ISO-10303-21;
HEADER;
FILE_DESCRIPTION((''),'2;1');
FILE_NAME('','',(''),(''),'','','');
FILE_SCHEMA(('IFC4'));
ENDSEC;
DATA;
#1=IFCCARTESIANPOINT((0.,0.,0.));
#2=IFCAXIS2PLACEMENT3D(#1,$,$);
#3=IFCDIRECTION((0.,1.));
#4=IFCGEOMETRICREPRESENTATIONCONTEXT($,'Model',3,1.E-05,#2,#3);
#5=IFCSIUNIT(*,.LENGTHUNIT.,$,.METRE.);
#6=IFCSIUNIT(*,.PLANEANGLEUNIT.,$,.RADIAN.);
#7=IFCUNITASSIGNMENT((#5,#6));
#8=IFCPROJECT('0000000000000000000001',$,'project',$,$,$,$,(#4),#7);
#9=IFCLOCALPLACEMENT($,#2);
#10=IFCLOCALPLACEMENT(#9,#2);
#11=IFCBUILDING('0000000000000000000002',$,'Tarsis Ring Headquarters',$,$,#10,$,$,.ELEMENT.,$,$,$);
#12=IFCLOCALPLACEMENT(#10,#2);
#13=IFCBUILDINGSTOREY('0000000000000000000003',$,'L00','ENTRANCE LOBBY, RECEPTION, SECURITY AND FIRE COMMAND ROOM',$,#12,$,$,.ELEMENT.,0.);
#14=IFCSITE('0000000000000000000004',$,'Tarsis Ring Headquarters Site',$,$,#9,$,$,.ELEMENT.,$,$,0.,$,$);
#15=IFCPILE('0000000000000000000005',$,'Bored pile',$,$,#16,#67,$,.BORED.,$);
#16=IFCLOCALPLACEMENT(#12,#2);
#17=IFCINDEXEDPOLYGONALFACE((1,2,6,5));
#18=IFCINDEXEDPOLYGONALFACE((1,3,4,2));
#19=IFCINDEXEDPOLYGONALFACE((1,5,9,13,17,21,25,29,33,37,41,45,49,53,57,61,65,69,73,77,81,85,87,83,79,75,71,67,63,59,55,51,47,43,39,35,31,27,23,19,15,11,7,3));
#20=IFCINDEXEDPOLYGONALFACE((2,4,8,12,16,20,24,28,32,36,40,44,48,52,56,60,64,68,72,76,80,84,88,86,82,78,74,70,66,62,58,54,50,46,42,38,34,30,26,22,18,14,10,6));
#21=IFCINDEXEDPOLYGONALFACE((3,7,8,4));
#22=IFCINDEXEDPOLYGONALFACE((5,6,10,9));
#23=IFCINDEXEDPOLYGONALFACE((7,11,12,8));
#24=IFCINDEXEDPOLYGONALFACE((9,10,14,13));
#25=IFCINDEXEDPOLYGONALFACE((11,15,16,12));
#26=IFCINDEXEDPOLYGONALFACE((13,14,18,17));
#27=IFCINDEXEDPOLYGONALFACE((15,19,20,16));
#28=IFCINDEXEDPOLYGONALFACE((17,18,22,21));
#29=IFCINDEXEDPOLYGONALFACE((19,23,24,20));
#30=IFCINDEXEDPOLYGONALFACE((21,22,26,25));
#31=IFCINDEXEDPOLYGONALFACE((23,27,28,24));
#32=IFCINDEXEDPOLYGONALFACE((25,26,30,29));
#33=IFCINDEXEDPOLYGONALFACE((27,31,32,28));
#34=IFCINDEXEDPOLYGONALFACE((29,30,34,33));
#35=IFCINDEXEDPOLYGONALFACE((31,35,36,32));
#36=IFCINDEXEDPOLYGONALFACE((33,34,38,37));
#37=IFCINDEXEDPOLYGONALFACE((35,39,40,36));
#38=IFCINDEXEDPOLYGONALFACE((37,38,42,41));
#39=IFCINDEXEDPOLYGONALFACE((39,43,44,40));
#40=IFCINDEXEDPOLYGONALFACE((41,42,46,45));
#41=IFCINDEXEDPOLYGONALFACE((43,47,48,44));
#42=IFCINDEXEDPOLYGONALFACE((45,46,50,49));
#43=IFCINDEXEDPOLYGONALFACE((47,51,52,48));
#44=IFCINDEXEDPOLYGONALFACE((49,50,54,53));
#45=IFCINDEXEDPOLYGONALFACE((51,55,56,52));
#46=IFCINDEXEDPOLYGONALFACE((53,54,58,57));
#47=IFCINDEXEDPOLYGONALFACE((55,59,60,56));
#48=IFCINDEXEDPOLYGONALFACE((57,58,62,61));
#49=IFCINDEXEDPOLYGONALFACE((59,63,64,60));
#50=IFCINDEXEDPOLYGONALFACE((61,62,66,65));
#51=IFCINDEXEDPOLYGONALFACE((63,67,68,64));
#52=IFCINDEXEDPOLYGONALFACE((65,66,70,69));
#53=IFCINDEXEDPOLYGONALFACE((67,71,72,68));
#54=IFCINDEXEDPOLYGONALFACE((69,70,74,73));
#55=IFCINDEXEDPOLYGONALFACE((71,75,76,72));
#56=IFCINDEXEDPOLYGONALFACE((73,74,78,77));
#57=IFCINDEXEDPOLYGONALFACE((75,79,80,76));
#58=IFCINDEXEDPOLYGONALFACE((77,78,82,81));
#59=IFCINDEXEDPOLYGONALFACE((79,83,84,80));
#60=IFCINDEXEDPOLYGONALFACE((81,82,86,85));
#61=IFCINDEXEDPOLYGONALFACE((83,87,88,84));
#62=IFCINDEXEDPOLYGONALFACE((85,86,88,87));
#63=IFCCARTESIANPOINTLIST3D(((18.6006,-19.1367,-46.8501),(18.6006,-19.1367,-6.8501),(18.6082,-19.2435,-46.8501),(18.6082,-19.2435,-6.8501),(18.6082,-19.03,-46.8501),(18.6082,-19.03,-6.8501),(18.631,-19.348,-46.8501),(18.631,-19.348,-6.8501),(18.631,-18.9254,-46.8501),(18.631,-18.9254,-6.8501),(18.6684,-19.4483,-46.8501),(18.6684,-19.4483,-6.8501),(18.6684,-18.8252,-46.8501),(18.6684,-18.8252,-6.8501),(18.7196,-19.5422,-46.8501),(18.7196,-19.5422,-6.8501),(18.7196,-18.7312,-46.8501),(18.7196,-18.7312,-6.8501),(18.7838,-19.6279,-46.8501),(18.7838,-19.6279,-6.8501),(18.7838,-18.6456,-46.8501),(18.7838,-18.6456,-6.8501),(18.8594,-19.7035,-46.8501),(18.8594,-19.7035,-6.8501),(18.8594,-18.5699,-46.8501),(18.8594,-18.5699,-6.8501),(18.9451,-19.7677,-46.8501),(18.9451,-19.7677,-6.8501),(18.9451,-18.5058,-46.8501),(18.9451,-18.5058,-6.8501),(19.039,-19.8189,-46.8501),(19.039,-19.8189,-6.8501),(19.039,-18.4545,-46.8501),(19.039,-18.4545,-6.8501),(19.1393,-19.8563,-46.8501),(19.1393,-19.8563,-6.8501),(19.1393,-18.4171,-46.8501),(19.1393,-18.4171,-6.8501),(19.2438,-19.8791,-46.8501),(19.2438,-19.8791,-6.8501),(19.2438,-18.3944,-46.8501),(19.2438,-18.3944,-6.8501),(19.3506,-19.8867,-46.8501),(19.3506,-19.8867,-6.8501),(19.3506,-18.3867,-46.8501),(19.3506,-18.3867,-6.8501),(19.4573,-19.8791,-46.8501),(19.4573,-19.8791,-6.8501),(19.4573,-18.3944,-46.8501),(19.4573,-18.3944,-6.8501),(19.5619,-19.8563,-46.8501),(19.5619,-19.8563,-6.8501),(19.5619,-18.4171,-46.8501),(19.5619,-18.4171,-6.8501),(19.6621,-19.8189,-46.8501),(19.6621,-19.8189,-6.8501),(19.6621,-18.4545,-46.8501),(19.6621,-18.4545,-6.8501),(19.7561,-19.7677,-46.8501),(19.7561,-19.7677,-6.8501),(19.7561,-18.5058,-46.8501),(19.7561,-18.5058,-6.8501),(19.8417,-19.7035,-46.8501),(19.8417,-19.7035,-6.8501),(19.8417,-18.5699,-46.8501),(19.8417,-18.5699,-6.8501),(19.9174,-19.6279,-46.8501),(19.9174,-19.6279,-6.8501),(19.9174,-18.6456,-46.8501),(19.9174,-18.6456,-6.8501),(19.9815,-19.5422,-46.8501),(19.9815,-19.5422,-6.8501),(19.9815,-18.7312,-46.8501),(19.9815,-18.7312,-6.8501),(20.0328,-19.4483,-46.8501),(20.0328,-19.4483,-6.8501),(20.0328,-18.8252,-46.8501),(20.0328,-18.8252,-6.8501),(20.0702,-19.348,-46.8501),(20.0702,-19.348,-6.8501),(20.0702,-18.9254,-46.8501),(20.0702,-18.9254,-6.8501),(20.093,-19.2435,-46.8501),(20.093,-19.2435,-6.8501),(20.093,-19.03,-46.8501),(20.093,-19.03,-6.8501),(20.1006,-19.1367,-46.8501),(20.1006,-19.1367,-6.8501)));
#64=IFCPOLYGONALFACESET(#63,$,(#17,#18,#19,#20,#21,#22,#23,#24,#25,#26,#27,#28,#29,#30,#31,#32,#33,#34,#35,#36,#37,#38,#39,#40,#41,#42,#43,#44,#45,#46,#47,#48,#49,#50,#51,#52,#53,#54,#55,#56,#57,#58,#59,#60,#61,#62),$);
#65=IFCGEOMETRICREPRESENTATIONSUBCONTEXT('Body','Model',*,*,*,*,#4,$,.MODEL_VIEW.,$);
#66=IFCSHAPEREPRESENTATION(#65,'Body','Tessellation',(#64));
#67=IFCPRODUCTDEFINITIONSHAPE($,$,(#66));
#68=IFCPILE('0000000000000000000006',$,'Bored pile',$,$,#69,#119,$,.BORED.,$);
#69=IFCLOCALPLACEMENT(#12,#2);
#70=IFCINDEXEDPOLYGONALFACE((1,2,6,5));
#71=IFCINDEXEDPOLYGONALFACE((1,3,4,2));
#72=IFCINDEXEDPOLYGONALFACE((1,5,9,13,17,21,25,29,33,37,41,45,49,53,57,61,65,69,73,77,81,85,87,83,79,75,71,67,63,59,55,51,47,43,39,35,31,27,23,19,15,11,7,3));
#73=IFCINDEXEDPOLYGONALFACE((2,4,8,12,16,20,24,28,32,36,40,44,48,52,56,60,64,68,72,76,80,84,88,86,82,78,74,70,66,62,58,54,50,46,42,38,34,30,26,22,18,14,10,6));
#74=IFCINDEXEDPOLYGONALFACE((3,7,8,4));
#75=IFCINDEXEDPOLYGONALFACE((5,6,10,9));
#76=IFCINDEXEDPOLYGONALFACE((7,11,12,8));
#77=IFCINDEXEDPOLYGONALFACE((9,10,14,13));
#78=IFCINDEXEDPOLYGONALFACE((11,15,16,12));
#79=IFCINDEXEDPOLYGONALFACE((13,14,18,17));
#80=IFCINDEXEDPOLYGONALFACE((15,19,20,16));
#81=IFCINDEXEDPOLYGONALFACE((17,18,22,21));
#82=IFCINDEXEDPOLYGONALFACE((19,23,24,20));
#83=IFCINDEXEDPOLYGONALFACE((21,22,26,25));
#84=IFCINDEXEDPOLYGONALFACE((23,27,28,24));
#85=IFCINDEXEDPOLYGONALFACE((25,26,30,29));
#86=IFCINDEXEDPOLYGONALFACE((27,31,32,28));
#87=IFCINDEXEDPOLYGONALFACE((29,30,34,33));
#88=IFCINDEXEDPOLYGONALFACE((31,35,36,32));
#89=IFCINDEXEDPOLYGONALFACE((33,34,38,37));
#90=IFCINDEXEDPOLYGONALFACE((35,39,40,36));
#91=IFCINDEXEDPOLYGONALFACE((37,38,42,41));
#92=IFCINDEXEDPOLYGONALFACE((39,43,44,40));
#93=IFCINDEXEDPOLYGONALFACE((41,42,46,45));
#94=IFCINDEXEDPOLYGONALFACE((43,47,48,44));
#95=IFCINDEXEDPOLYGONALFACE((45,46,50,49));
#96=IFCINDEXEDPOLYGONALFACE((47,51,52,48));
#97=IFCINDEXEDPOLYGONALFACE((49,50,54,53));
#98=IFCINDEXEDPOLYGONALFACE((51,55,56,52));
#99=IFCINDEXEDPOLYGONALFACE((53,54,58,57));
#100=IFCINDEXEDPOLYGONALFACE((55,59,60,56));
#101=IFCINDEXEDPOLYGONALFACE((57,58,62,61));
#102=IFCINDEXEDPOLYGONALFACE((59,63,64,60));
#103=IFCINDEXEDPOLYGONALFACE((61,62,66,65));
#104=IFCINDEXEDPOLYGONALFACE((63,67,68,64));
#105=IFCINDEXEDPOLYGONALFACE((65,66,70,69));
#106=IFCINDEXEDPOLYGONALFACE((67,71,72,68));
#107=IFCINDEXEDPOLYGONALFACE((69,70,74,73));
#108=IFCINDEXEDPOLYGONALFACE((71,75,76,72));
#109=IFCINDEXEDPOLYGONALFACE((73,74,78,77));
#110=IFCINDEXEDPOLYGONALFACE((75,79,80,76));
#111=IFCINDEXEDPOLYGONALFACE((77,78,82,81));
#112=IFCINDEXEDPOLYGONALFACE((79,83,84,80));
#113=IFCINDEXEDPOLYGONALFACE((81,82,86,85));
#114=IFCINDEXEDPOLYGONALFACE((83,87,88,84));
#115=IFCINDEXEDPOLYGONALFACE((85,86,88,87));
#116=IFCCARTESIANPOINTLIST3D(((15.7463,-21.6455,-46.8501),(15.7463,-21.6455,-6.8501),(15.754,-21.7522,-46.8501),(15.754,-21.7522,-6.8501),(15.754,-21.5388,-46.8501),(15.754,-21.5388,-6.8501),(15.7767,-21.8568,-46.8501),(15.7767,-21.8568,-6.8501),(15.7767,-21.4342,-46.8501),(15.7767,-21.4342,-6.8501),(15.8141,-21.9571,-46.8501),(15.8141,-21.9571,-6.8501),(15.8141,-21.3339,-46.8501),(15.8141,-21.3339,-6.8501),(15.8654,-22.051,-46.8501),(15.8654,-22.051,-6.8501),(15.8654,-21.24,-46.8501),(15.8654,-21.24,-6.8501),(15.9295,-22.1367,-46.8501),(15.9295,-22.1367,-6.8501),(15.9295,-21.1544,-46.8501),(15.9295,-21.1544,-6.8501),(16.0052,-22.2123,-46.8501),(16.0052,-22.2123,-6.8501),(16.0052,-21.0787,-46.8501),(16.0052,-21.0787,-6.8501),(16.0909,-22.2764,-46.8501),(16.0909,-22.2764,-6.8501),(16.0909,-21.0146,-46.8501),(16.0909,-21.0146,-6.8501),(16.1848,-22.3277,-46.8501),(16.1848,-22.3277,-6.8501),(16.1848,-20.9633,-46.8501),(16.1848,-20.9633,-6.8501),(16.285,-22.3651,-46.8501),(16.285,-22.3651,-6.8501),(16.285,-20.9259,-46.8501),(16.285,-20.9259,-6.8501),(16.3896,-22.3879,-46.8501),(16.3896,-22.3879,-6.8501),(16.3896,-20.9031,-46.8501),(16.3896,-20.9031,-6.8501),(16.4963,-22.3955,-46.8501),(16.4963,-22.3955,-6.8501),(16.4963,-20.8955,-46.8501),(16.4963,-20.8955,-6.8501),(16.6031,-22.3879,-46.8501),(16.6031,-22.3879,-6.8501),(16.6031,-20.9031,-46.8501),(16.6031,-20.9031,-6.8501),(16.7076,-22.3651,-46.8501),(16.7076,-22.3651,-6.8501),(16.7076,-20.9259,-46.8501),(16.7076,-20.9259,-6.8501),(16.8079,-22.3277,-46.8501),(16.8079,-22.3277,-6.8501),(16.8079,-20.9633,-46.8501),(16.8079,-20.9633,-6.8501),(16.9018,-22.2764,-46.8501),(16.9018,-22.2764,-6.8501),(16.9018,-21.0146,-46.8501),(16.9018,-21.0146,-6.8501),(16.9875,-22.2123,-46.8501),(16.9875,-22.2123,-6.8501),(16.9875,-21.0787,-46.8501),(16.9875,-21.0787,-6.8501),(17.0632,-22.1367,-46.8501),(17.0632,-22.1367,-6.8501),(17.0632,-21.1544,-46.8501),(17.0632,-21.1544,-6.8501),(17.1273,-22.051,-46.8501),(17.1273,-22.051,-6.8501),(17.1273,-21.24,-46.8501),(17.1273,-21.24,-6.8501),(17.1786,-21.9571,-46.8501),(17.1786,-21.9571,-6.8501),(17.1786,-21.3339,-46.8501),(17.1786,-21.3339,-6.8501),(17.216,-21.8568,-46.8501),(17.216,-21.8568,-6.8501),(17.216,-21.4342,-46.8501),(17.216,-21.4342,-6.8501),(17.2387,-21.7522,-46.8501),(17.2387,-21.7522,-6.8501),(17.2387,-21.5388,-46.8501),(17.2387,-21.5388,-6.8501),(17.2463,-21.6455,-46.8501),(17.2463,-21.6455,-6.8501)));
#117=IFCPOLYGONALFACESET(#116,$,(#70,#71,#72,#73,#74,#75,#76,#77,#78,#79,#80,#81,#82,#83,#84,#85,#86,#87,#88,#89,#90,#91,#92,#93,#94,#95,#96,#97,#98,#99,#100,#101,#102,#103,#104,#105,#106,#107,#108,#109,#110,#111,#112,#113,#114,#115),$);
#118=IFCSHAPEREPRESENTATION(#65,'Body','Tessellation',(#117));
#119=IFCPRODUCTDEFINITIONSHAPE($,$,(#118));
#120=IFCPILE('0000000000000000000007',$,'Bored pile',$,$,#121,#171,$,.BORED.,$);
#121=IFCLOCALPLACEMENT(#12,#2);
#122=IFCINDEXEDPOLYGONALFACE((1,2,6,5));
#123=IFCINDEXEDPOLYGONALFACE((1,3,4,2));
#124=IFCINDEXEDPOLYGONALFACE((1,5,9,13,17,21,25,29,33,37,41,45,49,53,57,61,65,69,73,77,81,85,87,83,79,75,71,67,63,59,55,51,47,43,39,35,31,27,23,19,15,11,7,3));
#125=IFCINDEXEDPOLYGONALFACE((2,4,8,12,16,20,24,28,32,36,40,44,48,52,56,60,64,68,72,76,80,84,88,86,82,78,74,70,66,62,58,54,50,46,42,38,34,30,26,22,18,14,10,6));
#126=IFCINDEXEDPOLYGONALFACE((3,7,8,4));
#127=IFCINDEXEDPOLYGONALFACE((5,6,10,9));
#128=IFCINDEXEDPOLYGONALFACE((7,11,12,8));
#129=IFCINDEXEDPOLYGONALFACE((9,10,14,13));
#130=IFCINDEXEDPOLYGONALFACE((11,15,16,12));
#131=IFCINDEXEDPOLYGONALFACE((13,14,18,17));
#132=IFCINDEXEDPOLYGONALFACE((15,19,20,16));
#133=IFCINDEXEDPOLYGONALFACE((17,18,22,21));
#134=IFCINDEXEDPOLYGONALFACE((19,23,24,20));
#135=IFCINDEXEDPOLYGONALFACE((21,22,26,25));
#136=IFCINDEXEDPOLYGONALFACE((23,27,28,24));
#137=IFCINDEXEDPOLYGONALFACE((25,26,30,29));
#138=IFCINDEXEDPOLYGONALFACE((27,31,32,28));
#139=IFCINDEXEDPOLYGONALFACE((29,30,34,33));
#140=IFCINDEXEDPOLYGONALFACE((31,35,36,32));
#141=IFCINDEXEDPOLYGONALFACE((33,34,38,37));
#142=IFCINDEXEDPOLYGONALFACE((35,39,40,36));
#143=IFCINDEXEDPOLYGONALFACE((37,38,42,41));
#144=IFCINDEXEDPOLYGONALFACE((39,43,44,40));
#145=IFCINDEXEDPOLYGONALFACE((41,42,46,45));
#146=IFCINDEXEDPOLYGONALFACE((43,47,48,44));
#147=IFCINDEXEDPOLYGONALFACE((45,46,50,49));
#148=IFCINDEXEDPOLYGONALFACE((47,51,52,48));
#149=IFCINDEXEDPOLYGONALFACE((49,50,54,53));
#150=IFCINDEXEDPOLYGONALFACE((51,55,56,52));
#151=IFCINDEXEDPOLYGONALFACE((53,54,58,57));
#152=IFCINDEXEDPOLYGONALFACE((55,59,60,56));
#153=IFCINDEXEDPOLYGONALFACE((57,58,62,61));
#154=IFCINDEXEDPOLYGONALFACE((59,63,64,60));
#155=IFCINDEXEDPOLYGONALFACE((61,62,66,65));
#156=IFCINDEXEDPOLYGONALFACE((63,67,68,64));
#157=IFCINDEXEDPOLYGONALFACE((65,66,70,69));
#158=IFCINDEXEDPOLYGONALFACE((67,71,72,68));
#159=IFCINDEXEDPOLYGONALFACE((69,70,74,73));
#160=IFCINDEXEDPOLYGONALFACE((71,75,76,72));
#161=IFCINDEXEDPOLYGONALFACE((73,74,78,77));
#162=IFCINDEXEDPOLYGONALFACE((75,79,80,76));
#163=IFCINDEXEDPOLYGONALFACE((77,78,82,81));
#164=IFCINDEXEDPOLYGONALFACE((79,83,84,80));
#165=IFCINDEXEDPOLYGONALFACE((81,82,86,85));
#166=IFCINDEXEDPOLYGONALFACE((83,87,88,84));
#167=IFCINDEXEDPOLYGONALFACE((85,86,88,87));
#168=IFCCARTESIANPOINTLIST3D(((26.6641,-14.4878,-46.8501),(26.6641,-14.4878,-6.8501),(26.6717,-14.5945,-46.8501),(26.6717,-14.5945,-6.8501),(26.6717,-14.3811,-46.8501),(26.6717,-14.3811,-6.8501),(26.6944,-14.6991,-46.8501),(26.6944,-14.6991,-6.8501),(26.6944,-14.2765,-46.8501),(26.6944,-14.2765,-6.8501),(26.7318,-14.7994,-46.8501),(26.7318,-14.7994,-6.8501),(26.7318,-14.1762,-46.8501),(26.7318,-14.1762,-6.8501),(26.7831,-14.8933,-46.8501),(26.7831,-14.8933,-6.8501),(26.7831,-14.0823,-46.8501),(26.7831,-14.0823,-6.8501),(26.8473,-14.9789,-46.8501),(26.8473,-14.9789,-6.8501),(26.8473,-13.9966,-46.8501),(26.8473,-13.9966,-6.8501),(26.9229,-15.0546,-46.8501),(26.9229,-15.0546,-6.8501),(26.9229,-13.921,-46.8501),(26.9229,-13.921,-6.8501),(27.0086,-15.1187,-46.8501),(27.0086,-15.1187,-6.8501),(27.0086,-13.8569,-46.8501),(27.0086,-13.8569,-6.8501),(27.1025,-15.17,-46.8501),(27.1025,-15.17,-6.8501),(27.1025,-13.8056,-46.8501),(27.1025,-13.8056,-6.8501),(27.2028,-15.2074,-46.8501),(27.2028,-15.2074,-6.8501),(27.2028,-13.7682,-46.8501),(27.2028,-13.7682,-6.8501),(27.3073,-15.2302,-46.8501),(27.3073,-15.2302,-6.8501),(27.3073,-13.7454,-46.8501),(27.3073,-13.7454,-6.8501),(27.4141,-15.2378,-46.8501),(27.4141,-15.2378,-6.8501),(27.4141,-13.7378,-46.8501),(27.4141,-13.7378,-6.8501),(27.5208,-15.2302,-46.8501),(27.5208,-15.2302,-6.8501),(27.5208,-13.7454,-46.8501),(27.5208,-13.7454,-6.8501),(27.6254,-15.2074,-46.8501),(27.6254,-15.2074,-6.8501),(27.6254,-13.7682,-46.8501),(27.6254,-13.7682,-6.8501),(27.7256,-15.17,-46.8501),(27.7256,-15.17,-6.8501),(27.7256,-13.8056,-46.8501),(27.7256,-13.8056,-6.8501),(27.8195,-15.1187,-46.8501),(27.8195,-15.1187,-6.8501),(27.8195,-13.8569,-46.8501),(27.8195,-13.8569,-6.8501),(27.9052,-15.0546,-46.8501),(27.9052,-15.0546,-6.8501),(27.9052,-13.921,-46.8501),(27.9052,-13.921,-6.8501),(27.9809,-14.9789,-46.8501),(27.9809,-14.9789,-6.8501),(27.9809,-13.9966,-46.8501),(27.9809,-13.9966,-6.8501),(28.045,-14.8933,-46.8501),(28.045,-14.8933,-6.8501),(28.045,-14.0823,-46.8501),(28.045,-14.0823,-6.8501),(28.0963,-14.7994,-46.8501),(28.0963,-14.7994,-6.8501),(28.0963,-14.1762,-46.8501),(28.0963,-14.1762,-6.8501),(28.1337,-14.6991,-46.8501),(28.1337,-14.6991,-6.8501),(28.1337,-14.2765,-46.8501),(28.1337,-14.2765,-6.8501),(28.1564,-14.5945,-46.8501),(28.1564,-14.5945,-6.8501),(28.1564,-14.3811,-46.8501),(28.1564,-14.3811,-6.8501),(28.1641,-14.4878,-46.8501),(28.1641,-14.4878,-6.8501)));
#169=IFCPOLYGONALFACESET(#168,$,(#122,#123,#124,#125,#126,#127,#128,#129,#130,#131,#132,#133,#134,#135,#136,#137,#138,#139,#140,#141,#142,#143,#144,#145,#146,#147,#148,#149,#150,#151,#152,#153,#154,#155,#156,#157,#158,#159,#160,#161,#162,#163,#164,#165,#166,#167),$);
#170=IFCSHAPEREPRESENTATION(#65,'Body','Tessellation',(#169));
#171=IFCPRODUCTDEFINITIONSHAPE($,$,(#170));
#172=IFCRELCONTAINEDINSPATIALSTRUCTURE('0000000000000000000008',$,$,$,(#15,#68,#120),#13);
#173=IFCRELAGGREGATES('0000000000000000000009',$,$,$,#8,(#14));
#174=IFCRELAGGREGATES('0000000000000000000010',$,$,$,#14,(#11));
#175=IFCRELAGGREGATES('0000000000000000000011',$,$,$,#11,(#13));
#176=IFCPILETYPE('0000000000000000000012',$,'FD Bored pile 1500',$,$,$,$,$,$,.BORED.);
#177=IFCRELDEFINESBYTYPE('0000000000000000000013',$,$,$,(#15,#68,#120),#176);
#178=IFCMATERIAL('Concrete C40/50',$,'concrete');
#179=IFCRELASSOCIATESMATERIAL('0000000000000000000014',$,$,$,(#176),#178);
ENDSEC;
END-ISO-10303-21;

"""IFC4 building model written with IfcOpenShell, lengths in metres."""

from ifc_helpers import new_model, si_unit, direction, frame, origin, origin_2d, place, context, subcontext, project, spatial, circle, extrude, material, material_profile, profile_set, type_object, element, save


model = new_model("IFC4")

# Units and contexts
model_context = context("Model", 3, precision=1e-05, world=origin(), true_north=direction((0.0, 1.0)))
body_context = subcontext(model_context, "Body", "Model", "MODEL_VIEW")
ifc_project = project(units=[si_unit("LENGTHUNIT", "METRE"), si_unit("PLANEANGLEUNIT", "RADIAN")], contexts=[model_context])

# Site, building, storey
site_placement = place(None, origin())
site = spatial("IfcSite", under=ifc_project, at=site_placement, Name="Tarsis Ring Headquarters Site", CompositionType="ELEMENT", RefElevation=0.0)
building_placement = place(site_placement, origin())
building = spatial("IfcBuilding", under=site, at=building_placement, Name="Tarsis Ring Headquarters", CompositionType="ELEMENT")
storey_placement = place(building_placement, origin())
storey = spatial("IfcBuildingStorey", under=building, at=storey_placement, Name="L00", Description="ENTRANCE LOBBY, RECEPTION, SECURITY AND FIRE COMMAND ROOM", CompositionType="ELEMENT", Elevation=0.0)

# Piles
ifc_material_1 = material(Name="Concrete C40/50", Category="concrete")
ifc_material_profile_1 = material_profile(ifc_material_1, circle(Radius=0.75, at=origin_2d()), Name="BORED 1500")
ifc_profile_set_1 = profile_set([ifc_material_profile_1], Name="Concrete C40/50")
pile_type_1 = type_object("IfcPileType", Name="FD Bored pile 1500", PredefinedType="BORED", material=ifc_profile_set_1)
for number, where, z_axis, x_axis, name in (
    (1, (19.3506, -19.1367, -6.8501), (0.0, 0.0, -1.0), (1.0, 0.0, 0.0), "Bored pile"),
    (2, (16.4963, -21.6455, -6.8501), (0.0, 0.0, -1.0), (1.0, 0.0, 0.0), "Bored pile"),
    (3, (27.4141, -14.4878, -6.8501), (0.0, 0.0, -1.0), (1.0, 0.0, 0.0), "Bored pile"),
):
    element("IfcPile", number, at=place(storey_placement, frame(where, z_axis=z_axis, x_axis=x_axis)), inside=storey, type_object=pile_type_1, Name=name, PredefinedType="BORED", context=body_context, shape_type="SweptSolid", body=[
        extrude(circle(Radius=0.75, at=origin_2d()), origin(), (0.0, 0.0, 1.0), 40.0),
    ])

save(model, "model.ifc")
